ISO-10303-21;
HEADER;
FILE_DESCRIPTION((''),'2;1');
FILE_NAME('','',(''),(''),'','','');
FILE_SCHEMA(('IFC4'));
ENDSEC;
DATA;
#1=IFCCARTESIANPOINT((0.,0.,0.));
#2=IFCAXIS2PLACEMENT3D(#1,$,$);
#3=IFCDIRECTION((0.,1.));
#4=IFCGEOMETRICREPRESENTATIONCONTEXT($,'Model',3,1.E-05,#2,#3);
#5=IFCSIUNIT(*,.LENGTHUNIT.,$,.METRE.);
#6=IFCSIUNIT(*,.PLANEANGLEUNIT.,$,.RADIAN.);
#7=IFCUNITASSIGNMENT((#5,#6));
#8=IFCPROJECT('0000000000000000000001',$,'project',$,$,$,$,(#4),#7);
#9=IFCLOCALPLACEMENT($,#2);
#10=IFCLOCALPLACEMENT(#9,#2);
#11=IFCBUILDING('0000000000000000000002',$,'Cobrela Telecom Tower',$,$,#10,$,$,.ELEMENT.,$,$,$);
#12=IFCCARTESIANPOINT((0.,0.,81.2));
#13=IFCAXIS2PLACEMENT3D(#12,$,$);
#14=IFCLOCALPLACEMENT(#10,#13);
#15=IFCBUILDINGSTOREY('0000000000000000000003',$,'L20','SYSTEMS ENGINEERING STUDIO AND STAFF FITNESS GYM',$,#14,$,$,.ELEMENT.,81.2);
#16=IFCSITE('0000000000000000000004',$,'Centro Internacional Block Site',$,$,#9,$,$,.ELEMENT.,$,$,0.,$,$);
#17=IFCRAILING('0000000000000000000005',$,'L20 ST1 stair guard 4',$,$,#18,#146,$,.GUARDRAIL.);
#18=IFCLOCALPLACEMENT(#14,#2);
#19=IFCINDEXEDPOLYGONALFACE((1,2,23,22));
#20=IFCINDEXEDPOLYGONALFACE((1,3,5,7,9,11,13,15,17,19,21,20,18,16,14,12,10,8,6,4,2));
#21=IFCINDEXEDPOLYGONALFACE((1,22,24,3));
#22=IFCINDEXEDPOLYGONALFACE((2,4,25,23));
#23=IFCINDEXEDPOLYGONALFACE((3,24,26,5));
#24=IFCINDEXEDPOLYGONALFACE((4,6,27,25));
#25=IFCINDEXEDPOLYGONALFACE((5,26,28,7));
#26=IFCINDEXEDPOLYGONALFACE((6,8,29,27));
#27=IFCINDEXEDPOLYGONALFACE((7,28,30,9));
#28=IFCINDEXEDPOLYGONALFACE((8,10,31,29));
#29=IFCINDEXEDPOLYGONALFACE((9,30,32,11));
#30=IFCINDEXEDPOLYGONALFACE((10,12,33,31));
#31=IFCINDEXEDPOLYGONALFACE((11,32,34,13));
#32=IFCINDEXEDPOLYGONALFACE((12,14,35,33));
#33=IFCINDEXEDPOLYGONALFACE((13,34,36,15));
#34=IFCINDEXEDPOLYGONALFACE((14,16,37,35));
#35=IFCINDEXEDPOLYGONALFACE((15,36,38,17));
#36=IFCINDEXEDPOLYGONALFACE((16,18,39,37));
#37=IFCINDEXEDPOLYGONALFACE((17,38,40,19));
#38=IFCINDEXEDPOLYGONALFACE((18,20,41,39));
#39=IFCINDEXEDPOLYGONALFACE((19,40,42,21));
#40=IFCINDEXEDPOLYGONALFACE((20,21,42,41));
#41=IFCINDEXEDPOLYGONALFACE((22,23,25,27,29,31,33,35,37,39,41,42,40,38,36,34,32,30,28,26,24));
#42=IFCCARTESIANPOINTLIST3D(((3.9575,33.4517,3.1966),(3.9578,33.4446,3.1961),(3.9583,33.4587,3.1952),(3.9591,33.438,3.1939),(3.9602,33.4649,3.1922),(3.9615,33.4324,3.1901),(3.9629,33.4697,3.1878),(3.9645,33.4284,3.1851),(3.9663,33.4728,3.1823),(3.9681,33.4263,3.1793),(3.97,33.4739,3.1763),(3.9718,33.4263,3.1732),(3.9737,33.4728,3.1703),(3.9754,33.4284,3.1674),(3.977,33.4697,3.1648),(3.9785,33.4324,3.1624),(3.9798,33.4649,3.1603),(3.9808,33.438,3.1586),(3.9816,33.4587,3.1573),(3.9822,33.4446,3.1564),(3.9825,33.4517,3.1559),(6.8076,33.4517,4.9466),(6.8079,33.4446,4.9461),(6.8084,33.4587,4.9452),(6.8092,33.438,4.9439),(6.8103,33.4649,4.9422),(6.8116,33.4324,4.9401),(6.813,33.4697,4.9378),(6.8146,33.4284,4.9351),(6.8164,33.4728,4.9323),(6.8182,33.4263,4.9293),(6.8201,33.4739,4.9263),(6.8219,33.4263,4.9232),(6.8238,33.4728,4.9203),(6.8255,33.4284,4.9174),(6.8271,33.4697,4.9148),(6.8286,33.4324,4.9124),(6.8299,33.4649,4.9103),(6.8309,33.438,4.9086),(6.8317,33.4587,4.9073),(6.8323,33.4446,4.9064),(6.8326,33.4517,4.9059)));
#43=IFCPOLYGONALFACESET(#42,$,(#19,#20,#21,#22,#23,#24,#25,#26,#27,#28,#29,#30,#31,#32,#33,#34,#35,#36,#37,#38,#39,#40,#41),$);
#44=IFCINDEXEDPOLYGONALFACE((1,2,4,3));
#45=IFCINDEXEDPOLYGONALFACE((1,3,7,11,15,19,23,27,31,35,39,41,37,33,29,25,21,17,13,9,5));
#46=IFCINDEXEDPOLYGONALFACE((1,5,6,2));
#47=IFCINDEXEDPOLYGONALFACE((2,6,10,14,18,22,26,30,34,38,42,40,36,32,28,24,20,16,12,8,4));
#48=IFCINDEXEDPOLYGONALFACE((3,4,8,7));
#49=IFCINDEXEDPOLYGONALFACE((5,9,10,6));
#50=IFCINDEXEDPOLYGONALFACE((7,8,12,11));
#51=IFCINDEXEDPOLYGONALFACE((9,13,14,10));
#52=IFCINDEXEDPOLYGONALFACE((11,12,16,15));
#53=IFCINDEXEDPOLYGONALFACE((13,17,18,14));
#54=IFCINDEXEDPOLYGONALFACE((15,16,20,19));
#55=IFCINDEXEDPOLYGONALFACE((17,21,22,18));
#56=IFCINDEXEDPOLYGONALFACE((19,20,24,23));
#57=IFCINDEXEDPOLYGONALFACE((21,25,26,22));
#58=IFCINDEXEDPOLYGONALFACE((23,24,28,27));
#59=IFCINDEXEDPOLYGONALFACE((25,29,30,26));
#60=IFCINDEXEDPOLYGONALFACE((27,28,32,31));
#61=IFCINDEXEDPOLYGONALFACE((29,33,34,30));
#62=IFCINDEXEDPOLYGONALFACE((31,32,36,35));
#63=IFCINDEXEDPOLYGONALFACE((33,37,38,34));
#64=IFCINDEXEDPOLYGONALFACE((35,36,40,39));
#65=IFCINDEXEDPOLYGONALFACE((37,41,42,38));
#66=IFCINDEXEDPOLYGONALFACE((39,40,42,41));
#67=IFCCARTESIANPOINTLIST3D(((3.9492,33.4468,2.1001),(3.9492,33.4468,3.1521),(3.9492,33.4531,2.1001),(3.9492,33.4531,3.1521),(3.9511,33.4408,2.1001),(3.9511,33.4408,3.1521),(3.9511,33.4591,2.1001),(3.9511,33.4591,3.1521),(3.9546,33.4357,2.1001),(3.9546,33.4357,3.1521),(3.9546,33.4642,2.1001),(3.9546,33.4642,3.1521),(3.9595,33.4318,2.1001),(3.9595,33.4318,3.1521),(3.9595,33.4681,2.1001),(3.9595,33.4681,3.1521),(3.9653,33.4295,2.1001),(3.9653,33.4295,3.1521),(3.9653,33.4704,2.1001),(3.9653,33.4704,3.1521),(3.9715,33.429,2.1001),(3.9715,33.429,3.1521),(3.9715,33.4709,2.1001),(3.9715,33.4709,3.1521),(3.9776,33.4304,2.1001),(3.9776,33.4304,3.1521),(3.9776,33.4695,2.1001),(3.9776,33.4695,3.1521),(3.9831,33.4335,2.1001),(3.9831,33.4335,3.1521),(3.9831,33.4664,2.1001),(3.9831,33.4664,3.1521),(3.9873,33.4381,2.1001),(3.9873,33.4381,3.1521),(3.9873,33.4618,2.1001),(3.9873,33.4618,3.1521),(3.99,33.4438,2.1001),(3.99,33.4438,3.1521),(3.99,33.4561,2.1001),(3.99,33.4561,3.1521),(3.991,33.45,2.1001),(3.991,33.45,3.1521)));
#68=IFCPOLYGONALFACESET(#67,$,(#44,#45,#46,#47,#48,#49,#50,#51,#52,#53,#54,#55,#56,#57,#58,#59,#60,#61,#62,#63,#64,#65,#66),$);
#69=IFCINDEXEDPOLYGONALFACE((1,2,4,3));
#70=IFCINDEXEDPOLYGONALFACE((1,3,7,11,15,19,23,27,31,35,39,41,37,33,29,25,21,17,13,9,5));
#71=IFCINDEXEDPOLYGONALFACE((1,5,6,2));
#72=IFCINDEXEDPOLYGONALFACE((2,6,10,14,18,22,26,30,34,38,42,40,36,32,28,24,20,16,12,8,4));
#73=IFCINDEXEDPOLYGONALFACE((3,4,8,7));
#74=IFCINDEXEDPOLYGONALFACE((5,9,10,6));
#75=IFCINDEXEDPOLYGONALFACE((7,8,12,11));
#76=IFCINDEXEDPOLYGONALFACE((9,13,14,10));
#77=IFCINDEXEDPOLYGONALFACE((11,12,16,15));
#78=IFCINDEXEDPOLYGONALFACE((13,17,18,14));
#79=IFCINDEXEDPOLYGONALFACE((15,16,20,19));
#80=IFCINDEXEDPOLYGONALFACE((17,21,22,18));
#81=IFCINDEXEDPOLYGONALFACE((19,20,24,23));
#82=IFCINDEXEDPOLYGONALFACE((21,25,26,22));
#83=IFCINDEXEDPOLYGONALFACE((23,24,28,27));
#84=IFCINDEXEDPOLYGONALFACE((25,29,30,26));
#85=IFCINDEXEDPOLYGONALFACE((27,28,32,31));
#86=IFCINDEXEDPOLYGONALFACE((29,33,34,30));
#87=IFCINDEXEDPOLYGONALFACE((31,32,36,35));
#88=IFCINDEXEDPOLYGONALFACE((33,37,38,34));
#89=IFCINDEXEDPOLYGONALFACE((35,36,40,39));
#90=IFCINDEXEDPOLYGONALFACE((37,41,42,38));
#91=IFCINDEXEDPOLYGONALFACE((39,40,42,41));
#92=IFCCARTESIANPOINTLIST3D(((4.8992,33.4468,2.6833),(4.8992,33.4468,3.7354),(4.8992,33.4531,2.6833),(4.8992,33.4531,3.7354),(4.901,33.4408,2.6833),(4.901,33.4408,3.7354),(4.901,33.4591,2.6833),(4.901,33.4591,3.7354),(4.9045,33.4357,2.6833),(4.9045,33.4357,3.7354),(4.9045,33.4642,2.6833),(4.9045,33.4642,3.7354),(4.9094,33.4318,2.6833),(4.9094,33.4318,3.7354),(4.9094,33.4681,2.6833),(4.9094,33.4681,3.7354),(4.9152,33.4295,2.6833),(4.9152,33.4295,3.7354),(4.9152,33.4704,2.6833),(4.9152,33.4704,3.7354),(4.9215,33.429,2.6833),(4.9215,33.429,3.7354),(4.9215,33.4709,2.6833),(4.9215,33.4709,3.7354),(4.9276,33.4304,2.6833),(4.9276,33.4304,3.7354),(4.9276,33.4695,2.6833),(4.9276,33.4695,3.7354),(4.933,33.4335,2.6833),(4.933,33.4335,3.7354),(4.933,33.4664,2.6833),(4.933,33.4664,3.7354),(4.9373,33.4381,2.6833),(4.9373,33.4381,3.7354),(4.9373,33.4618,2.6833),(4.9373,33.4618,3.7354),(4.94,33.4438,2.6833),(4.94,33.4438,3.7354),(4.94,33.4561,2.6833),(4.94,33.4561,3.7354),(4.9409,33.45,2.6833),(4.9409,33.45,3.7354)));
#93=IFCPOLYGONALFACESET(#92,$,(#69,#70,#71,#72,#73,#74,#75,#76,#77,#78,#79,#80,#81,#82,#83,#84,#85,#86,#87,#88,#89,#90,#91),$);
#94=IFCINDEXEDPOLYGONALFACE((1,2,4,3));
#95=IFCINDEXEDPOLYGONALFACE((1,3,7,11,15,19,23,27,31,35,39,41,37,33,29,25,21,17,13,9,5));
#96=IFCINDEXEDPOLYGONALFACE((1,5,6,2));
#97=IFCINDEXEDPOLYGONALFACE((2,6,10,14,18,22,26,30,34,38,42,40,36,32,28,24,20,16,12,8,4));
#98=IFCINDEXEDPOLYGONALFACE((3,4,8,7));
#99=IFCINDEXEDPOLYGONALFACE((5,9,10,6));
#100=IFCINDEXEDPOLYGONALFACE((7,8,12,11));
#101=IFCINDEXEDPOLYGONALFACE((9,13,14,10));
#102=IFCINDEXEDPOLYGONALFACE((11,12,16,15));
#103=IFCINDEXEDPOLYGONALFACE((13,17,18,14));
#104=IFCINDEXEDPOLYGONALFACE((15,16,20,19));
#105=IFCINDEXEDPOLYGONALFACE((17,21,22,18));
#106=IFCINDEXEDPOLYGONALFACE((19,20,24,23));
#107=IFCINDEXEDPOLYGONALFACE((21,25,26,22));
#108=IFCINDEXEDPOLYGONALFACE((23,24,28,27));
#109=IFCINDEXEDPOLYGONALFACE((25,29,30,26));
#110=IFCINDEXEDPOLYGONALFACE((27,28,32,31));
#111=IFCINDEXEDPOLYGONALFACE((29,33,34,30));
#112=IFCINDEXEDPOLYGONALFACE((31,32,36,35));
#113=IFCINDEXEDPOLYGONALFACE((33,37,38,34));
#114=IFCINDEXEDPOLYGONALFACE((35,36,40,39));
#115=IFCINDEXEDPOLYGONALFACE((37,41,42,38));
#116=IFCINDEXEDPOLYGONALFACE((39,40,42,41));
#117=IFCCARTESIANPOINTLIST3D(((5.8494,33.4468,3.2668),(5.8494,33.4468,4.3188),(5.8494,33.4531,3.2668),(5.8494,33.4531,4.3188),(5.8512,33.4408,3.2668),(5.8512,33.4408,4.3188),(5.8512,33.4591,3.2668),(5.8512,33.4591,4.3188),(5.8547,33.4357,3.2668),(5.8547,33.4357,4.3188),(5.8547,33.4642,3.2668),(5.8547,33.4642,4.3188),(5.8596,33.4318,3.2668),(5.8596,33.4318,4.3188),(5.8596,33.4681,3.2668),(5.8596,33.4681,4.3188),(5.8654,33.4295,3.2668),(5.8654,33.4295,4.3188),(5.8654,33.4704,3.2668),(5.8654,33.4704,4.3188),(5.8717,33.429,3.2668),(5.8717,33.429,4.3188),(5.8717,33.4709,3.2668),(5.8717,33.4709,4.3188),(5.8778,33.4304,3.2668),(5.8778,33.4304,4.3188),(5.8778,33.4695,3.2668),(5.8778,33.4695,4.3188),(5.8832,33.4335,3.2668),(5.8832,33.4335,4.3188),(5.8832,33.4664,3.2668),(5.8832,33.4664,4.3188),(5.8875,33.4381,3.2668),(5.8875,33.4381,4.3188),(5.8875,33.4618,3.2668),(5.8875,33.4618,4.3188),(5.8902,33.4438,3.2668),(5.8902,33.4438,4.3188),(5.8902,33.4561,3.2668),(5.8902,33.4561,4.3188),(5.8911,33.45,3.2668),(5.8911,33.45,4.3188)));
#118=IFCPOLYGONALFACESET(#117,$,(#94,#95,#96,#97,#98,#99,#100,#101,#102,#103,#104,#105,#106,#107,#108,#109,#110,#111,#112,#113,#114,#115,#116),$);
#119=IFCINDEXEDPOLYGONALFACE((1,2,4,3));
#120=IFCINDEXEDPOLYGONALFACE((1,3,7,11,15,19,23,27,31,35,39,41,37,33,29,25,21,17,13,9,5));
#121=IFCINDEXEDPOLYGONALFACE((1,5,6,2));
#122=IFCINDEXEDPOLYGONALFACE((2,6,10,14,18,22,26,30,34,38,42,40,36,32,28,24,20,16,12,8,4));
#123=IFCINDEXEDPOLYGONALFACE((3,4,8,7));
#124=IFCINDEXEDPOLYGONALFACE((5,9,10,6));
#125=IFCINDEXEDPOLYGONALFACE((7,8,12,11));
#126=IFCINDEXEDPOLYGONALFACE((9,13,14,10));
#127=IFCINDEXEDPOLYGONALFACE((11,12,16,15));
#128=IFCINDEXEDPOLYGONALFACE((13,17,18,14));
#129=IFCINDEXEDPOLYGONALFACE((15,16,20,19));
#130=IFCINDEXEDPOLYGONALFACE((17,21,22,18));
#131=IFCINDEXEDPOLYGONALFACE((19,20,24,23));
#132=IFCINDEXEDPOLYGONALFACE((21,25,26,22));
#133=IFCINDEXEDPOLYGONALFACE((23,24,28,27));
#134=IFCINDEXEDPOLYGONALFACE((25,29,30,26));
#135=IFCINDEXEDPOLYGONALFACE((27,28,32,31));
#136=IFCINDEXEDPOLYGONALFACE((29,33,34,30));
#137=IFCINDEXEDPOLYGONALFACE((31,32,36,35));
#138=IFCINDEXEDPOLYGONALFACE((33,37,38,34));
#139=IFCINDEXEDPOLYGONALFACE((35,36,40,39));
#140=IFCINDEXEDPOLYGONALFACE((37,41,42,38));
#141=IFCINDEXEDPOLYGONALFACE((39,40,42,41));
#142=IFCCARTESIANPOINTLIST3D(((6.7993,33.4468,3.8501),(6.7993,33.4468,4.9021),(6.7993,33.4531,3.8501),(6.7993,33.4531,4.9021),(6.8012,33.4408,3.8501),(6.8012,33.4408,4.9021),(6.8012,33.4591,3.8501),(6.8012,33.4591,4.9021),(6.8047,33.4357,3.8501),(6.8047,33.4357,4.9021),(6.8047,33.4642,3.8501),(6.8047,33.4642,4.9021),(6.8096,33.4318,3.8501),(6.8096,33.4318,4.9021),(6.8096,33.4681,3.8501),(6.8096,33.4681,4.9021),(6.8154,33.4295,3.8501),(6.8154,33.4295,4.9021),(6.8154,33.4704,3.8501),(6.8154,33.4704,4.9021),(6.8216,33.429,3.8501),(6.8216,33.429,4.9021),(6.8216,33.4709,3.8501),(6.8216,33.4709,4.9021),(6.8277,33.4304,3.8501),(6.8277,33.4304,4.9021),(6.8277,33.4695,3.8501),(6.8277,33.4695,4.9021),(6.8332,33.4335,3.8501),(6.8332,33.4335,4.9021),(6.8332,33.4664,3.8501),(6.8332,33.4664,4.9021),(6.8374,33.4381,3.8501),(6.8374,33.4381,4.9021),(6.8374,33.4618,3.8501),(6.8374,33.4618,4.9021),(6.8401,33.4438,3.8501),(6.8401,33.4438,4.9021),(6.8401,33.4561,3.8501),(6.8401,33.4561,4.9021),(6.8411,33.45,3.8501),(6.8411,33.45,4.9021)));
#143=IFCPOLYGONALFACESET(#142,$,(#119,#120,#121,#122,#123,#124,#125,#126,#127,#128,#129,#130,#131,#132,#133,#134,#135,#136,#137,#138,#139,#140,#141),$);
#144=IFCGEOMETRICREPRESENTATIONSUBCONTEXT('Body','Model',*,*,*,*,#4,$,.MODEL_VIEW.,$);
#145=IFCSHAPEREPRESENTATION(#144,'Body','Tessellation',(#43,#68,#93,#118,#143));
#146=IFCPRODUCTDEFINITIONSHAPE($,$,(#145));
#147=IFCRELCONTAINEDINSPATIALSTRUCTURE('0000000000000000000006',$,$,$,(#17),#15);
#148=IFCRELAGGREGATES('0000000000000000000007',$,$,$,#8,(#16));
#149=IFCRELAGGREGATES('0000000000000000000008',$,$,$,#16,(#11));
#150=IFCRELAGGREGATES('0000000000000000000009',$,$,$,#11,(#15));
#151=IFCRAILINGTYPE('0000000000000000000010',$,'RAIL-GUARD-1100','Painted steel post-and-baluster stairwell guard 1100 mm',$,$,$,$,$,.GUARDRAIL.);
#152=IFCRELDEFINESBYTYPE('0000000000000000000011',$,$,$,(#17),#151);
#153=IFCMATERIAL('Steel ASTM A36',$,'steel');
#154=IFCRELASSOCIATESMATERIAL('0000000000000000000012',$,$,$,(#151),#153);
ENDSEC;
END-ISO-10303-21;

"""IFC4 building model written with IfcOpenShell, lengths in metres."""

from ifc_helpers import new_model, si_unit, direction, frame, origin, origin_2d, place, context, subcontext, project, spatial, circle, extrude, material, type_object, element, save


model = new_model("IFC4")

# Units and contexts
model_context = context("Model", 3, precision=1e-05, world=origin(), true_north=direction((0.0, 1.0)))
body_context = subcontext(model_context, "Body", "Model", "MODEL_VIEW")
ifc_project = project(units=[si_unit("LENGTHUNIT", "METRE"), si_unit("PLANEANGLEUNIT", "RADIAN")], contexts=[model_context])

# Site, building, storey
site_placement = place(None, origin())
site = spatial("IfcSite", under=ifc_project, at=site_placement, Name="Centro Internacional Block Site", CompositionType="ELEMENT", RefElevation=0.0)
building_placement = place(site_placement, origin())
building = spatial("IfcBuilding", under=site, at=building_placement, Name="Cobrela Telecom Tower", CompositionType="ELEMENT")
storey_placement = place(building_placement, frame((0.0, 0.0, 81.2)))
storey = spatial("IfcBuildingStorey", under=building, at=storey_placement, Name="L20", Description="SYSTEMS ENGINEERING STUDIO AND STAFF FITNESS GYM", CompositionType="ELEMENT", Elevation=81.2)

# Shared definitions
ifc_material_1 = material(Name="Steel ASTM A36", Category="steel")

# Railing
railing_type_1 = type_object("IfcRailingType", Name="RAIL-GUARD-1100", Description="Painted steel post-and-baluster stairwell guard 1100 mm", PredefinedType="GUARDRAIL", material=ifc_material_1)
railing_1_placement = place(storey_placement, frame((3.97, 33.45, 2.1001)))
element("IfcRailing", 1, at=railing_1_placement, inside=storey, type_object=railing_type_1, Name="L20 ST1 stair guard 4", PredefinedType="GUARDRAIL", context=body_context, shape_type="SweptSolid", body=[
    extrude(circle(Radius=0.0239, at=origin_2d()), frame((0.0, 0.0, 1.0762), z_axis=(0.852179, 0.0, 0.52325), x_axis=(0.0, 1.0, 0.0)), (0.0, 0.0, 1.0), 3.3445),
    extrude(circle(Radius=0.021, at=origin_2d()), origin(), (0.0, 0.0, 1.0), 1.052),
    extrude(circle(Radius=0.021, at=origin_2d()), frame((0.95, 0.0, 0.5833)), (0.0, 0.0, 1.0), 1.052),
    extrude(circle(Radius=0.021, at=origin_2d()), frame((1.9001, 0.0, 1.1667)), (0.0, 0.0, 1.0), 1.052),
    extrude(circle(Radius=0.021, at=origin_2d()), frame((2.8501, 0.0, 1.75)), (0.0, 0.0, 1.0), 1.052),
])

save(model, "model.ifc")
